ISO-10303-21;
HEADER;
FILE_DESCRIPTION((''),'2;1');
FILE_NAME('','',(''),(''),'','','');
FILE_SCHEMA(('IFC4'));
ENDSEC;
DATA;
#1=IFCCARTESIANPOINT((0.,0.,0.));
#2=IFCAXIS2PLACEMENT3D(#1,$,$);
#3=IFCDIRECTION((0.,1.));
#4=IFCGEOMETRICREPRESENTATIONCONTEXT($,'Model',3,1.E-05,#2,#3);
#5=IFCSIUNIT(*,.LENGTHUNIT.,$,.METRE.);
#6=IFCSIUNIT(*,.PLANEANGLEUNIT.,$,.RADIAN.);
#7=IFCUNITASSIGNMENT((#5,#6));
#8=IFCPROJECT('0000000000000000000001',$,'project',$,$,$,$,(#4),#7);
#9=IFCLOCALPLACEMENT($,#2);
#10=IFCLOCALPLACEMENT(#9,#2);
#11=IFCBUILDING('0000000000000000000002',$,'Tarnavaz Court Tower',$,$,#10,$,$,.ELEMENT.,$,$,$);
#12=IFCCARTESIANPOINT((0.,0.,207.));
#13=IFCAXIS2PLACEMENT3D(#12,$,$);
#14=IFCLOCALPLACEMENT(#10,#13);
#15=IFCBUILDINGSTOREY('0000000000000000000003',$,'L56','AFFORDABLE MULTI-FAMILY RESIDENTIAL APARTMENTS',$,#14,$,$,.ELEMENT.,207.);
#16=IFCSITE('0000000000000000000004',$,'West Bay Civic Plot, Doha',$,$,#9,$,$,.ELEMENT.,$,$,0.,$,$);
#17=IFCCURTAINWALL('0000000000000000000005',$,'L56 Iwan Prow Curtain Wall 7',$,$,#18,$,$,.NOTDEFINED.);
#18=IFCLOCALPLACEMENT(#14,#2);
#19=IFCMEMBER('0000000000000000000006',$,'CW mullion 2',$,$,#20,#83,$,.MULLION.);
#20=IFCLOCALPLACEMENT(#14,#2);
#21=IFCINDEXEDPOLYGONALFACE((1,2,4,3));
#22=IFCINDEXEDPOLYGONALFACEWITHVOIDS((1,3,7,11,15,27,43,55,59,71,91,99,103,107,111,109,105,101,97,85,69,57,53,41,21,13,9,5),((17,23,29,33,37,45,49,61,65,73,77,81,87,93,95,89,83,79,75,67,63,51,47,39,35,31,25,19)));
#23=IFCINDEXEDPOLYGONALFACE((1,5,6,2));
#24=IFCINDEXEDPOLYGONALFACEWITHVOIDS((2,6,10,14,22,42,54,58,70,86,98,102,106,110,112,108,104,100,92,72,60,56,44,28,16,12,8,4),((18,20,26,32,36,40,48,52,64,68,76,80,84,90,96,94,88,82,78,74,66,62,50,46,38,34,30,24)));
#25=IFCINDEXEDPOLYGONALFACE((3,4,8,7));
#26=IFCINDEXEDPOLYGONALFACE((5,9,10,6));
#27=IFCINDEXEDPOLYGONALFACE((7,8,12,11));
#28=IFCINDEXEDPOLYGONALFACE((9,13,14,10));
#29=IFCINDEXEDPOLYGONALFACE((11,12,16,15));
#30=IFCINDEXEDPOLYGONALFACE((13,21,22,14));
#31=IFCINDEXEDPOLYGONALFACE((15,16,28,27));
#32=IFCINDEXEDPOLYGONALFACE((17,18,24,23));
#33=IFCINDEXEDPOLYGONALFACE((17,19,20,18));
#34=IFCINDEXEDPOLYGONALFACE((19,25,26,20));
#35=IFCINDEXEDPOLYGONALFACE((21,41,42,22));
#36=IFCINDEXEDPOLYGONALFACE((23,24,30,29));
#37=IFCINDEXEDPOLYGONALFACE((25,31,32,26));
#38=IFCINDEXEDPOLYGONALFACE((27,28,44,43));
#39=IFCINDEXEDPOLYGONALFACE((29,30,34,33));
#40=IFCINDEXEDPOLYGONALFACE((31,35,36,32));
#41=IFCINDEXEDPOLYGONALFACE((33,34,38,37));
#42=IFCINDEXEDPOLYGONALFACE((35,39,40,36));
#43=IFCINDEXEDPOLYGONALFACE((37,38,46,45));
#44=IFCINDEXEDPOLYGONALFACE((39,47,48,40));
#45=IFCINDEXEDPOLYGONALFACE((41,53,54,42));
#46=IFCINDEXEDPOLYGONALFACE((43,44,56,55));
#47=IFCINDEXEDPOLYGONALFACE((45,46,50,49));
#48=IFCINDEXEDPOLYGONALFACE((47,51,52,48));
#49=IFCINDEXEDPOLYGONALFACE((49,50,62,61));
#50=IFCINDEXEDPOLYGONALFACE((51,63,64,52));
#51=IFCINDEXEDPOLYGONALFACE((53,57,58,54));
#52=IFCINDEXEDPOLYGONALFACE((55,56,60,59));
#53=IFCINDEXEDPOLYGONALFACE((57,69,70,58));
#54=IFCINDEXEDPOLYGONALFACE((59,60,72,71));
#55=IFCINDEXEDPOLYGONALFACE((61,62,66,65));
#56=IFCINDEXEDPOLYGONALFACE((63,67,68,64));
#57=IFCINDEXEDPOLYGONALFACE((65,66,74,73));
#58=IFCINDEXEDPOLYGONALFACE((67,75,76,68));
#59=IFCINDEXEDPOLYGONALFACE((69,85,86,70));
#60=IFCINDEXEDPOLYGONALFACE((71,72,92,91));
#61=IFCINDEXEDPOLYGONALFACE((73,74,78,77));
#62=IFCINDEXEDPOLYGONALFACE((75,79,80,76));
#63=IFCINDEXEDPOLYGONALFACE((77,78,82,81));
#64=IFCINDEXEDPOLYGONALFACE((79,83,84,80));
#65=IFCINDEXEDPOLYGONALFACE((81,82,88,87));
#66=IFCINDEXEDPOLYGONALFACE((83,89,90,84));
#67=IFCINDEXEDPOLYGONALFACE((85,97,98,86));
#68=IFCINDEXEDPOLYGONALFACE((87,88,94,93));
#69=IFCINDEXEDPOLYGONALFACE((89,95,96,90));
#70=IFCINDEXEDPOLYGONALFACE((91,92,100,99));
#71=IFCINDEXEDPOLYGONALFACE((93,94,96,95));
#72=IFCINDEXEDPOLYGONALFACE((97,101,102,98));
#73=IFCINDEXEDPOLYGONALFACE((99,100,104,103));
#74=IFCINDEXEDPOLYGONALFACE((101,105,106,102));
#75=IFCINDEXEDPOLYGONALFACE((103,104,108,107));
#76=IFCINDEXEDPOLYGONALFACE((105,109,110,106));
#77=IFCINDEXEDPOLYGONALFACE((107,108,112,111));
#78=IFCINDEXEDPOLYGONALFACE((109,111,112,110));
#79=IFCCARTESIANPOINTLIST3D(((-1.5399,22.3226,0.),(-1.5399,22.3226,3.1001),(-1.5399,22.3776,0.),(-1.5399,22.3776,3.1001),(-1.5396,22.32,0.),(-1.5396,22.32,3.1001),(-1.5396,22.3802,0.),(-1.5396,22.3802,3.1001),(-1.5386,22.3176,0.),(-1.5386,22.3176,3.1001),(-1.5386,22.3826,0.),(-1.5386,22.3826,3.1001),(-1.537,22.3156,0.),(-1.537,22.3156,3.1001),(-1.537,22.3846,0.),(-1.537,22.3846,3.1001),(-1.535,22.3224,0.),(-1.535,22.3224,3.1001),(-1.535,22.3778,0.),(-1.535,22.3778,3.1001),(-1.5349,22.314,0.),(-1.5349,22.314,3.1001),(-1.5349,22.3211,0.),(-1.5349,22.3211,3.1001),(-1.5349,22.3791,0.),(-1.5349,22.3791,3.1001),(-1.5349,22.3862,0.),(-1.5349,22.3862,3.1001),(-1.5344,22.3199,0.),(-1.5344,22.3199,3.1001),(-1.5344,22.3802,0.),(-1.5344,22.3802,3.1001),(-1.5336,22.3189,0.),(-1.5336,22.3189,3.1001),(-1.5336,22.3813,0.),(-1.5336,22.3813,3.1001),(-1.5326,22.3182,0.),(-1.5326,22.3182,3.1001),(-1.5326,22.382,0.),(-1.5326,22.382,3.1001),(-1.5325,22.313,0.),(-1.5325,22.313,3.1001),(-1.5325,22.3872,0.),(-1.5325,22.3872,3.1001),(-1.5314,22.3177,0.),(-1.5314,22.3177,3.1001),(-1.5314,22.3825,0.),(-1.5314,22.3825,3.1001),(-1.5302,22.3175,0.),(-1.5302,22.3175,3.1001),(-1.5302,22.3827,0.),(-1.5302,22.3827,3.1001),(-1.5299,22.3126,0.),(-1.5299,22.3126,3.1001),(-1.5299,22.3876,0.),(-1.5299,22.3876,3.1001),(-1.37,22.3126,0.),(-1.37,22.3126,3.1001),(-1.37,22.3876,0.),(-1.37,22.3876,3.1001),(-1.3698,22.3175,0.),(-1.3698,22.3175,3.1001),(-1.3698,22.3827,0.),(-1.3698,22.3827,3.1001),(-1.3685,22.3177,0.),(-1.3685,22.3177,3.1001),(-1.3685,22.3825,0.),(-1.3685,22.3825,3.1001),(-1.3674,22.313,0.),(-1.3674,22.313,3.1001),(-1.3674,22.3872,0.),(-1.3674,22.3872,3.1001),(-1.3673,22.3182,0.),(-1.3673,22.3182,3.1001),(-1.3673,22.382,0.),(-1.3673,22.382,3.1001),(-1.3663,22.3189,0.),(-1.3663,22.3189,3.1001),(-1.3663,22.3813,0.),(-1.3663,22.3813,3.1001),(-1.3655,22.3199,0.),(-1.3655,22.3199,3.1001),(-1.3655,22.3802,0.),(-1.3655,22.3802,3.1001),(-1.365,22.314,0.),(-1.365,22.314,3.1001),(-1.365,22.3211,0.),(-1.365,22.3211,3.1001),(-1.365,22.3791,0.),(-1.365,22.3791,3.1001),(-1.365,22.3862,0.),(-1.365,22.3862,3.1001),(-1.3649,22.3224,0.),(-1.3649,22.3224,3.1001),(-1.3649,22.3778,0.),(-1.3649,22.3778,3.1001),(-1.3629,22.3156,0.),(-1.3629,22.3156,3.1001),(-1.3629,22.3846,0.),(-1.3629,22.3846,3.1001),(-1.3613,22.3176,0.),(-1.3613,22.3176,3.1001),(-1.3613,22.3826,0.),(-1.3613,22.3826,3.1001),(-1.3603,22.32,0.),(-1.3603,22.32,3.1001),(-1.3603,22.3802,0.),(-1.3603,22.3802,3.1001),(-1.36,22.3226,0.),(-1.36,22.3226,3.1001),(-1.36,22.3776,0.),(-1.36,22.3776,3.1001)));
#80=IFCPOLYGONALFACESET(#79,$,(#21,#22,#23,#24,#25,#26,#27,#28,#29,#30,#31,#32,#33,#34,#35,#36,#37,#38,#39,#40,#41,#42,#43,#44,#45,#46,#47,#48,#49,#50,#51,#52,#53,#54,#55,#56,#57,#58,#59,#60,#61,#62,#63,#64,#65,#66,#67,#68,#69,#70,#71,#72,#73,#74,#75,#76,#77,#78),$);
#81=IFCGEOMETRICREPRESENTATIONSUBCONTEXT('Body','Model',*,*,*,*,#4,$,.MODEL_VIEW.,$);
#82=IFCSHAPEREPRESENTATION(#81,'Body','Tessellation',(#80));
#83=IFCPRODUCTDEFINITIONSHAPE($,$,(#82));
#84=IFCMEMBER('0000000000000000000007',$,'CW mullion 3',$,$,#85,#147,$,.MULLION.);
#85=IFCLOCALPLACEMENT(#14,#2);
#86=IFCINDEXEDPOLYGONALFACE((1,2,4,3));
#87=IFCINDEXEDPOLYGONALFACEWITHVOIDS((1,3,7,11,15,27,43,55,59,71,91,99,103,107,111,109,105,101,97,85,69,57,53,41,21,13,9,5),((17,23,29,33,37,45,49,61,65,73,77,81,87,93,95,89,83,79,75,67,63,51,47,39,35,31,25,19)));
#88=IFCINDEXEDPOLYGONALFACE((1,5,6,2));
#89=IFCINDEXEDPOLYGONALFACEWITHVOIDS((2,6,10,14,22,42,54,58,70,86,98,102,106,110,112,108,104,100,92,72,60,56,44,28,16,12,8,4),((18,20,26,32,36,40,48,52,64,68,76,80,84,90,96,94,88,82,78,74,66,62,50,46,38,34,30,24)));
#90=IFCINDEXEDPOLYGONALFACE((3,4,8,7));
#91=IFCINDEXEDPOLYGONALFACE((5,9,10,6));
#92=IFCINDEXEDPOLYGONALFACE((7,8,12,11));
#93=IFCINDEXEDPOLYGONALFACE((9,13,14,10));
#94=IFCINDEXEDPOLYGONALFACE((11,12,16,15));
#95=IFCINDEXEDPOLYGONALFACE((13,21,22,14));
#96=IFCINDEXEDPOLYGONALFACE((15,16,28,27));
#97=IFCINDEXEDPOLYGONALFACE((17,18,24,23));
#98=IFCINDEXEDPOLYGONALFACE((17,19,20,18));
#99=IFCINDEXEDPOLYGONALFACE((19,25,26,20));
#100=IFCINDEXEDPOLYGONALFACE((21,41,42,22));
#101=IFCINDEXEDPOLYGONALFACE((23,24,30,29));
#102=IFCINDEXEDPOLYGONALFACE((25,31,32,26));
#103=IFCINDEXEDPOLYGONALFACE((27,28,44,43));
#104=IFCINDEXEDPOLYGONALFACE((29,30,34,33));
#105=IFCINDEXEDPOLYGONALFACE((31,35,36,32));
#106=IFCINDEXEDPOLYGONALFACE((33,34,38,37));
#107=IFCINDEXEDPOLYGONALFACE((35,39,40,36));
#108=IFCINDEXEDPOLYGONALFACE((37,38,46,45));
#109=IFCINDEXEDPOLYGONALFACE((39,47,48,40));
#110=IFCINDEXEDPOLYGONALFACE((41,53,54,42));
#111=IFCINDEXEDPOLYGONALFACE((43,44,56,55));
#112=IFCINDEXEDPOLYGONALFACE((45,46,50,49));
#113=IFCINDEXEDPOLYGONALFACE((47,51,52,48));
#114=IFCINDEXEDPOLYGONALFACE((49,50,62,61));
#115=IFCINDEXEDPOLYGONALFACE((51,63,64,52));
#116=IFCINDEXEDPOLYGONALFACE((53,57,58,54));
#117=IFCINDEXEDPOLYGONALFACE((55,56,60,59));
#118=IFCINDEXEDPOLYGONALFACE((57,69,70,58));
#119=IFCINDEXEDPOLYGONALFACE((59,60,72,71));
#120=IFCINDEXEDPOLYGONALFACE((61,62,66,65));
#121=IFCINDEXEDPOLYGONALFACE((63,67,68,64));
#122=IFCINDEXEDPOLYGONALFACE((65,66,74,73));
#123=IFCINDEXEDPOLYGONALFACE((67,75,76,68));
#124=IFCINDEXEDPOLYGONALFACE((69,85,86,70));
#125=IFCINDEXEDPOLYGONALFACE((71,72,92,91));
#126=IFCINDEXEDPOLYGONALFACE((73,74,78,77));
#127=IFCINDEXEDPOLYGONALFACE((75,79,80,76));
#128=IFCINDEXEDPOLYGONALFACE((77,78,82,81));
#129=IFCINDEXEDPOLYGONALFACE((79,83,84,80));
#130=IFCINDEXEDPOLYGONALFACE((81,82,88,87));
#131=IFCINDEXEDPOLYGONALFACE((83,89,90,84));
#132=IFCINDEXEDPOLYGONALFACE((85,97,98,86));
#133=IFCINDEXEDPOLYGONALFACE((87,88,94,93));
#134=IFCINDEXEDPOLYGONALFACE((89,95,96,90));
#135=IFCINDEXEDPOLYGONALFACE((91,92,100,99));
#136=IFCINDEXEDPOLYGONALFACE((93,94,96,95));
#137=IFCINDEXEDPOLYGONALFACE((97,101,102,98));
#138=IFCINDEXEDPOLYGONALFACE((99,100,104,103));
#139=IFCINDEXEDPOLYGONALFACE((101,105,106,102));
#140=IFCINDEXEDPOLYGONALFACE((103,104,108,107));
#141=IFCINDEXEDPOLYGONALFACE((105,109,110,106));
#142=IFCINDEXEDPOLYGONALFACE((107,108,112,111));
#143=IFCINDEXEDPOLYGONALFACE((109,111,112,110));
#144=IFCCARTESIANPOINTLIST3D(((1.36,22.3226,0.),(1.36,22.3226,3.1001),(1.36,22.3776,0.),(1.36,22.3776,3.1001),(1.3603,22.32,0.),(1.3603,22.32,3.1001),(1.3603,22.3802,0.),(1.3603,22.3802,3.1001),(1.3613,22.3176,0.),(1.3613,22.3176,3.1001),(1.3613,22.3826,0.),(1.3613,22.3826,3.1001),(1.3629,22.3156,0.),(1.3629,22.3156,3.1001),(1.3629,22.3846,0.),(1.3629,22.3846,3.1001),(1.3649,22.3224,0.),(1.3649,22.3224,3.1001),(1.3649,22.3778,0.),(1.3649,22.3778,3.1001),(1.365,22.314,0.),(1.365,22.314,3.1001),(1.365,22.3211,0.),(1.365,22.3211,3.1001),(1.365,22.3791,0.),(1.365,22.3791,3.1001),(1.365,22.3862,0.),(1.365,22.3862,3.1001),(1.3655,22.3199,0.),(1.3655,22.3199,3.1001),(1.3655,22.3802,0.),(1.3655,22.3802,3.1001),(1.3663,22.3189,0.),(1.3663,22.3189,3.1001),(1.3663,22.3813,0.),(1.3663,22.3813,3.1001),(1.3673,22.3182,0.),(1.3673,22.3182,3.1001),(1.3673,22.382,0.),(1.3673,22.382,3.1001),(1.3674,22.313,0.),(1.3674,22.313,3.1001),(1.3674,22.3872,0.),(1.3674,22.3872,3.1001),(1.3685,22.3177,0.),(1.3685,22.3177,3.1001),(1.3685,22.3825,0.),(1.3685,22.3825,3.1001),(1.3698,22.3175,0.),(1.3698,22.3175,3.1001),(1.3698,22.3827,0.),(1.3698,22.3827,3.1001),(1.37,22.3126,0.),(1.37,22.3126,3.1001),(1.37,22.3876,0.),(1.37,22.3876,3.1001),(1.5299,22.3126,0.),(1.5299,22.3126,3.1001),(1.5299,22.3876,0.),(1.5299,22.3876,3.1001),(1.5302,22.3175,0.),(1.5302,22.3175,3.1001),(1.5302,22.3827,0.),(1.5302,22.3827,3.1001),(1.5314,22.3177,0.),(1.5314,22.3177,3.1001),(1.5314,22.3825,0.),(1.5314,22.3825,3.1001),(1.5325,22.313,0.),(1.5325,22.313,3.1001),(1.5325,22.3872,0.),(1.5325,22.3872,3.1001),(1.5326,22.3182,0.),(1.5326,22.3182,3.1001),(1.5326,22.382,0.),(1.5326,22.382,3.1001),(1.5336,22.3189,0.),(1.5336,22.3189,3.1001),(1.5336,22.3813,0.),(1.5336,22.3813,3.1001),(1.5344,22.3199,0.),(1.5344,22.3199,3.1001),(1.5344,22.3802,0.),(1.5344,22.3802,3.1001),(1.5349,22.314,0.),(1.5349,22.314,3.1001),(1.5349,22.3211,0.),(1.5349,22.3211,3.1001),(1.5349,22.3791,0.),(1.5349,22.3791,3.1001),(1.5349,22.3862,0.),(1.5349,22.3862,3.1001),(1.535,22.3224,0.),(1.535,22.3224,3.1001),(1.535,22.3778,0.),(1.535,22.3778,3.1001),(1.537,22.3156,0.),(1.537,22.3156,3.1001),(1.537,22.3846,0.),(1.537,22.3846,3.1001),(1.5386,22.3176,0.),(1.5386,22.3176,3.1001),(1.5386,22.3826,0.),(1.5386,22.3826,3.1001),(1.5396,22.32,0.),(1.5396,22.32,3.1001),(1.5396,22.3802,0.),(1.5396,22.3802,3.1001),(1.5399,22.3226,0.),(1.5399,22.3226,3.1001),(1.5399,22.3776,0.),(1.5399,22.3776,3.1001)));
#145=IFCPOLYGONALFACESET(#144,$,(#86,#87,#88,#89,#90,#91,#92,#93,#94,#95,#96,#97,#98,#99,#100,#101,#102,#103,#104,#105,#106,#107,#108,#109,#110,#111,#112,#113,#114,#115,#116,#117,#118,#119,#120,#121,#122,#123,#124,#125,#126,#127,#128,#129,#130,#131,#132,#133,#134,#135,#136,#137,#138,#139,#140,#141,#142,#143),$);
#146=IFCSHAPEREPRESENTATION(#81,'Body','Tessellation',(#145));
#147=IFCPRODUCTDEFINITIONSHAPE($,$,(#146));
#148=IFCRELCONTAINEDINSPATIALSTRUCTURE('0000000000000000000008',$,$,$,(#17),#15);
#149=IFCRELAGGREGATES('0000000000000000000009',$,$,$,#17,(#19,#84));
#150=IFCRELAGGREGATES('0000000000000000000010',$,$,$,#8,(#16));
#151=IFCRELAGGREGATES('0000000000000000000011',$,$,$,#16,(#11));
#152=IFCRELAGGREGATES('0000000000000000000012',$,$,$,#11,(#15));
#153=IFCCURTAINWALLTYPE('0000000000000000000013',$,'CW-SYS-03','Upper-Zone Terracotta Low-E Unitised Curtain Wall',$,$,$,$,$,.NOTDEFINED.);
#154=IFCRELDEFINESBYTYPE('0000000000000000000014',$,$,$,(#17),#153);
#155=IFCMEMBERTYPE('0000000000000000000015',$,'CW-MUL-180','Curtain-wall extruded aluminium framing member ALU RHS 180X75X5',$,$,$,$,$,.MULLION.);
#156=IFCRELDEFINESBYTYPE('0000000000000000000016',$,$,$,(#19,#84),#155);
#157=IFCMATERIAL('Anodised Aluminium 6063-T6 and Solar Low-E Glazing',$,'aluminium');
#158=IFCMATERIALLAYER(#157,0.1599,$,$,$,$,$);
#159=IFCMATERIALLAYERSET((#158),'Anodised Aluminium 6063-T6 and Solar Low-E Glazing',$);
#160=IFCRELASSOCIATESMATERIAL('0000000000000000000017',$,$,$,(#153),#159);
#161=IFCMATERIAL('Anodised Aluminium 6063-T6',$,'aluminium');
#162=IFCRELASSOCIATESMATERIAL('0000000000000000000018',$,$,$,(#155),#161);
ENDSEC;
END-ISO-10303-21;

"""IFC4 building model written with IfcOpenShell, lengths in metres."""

from ifc_helpers import new_model, si_unit, direction, frame, origin, origin_2d, place, context, subcontext, project, spatial, hollow_rectangle, extrude, material, layer, layer_set, material_profile, profile_set, type_object, element, aggregate, save


model = new_model("IFC4")

# Units and contexts
model_context = context("Model", 3, precision=1e-05, world=origin(), true_north=direction((0.0, 1.0)))
body_context = subcontext(model_context, "Body", "Model", "MODEL_VIEW")
ifc_project = project(units=[si_unit("LENGTHUNIT", "METRE"), si_unit("PLANEANGLEUNIT", "RADIAN")], contexts=[model_context])

# Site, building, storey
site_placement = place(None, origin())
site = spatial("IfcSite", under=ifc_project, at=site_placement, Name="West Bay Civic Plot, Doha", CompositionType="ELEMENT", RefElevation=0.0)
building_placement = place(site_placement, origin())
building = spatial("IfcBuilding", under=site, at=building_placement, Name="Tarnavaz Court Tower", CompositionType="ELEMENT")
storey_placement = place(building_placement, frame((0.0, 0.0, 207.0)))
storey = spatial("IfcBuildingStorey", under=building, at=storey_placement, Name="L56", Description="AFFORDABLE MULTI-FAMILY RESIDENTIAL APARTMENTS", CompositionType="ELEMENT", Elevation=207.0)

# Curtain wall, members
ifc_material_1 = material(Name="Anodised Aluminium 6063-T6 and Solar Low-E Glazing", Category="aluminium")
ifc_layer_1 = layer(ifc_material_1, 0.1599)
ifc_layer_set_1 = layer_set([ifc_layer_1], Name="Anodised Aluminium 6063-T6 and Solar Low-E Glazing")
curtain_wall_type = type_object("IfcCurtainWallType", Name="CW-SYS-03", Description="Upper-Zone Terracotta Low-E Unitised Curtain Wall", PredefinedType="NOTDEFINED", material=ifc_layer_set_1)
curtain_wall_placement = place(storey_placement, origin())
curtain_wall = element("IfcCurtainWall", 1, at=curtain_wall_placement, inside=storey, type_object=curtain_wall_type, Name="L56 Iwan Prow Curtain Wall 7", PredefinedType="NOTDEFINED")
ifc_material_2 = material(Name="Anodised Aluminium 6063-T6", Category="aluminium")
ifc_material_profile_1 = material_profile(ifc_material_2, hollow_rectangle(XDim=0.075, YDim=0.1799, WallThickness=0.0049, InnerFilletRadius=0.0049, OuterFilletRadius=0.01, at=origin_2d()), Name="ALU RHS 180X75X5")
ifc_profile_set_1 = profile_set([ifc_material_profile_1], Name="Anodised Aluminium 6063-T6")
member_type_1 = type_object("IfcMemberType", Name="CW-MUL-180", Description="Curtain-wall extruded aluminium framing member ALU RHS 180X75X5", PredefinedType="MULLION", material=ifc_profile_set_1)
member_1_placement = place(storey_placement, frame((-1.45, 22.3501, 0.0), z_axis=(0.0, 0.0, 1.0), x_axis=(0.0, 1.0, 0.0)))
member_1 = element("IfcMember", 2, at=member_1_placement, type_object=member_type_1, Name="CW mullion 2", PredefinedType="MULLION", context=body_context, shape_type="SweptSolid", body=[
    extrude(hollow_rectangle(XDim=0.075, YDim=0.1799, WallThickness=0.0049, InnerFilletRadius=0.0049, OuterFilletRadius=0.01, at=origin_2d()), origin(), (0.0, 0.0, 1.0), 3.1001),
])
member_2_placement = place(storey_placement, frame((1.45, 22.3501, 0.0), z_axis=(0.0, 0.0, 1.0), x_axis=(0.0, 1.0, 0.0)))
member_2 = element("IfcMember", 3, at=member_2_placement, type_object=member_type_1, Name="CW mullion 3", PredefinedType="MULLION", context=body_context, shape_type="SweptSolid", body=[
    extrude(hollow_rectangle(XDim=0.075, YDim=0.1799, WallThickness=0.0049, InnerFilletRadius=0.0049, OuterFilletRadius=0.01, at=origin_2d()), origin(), (0.0, 0.0, 1.0), 3.1001),
])
aggregate(curtain_wall, [member_1, member_2])

save(model, "model.ifc")
